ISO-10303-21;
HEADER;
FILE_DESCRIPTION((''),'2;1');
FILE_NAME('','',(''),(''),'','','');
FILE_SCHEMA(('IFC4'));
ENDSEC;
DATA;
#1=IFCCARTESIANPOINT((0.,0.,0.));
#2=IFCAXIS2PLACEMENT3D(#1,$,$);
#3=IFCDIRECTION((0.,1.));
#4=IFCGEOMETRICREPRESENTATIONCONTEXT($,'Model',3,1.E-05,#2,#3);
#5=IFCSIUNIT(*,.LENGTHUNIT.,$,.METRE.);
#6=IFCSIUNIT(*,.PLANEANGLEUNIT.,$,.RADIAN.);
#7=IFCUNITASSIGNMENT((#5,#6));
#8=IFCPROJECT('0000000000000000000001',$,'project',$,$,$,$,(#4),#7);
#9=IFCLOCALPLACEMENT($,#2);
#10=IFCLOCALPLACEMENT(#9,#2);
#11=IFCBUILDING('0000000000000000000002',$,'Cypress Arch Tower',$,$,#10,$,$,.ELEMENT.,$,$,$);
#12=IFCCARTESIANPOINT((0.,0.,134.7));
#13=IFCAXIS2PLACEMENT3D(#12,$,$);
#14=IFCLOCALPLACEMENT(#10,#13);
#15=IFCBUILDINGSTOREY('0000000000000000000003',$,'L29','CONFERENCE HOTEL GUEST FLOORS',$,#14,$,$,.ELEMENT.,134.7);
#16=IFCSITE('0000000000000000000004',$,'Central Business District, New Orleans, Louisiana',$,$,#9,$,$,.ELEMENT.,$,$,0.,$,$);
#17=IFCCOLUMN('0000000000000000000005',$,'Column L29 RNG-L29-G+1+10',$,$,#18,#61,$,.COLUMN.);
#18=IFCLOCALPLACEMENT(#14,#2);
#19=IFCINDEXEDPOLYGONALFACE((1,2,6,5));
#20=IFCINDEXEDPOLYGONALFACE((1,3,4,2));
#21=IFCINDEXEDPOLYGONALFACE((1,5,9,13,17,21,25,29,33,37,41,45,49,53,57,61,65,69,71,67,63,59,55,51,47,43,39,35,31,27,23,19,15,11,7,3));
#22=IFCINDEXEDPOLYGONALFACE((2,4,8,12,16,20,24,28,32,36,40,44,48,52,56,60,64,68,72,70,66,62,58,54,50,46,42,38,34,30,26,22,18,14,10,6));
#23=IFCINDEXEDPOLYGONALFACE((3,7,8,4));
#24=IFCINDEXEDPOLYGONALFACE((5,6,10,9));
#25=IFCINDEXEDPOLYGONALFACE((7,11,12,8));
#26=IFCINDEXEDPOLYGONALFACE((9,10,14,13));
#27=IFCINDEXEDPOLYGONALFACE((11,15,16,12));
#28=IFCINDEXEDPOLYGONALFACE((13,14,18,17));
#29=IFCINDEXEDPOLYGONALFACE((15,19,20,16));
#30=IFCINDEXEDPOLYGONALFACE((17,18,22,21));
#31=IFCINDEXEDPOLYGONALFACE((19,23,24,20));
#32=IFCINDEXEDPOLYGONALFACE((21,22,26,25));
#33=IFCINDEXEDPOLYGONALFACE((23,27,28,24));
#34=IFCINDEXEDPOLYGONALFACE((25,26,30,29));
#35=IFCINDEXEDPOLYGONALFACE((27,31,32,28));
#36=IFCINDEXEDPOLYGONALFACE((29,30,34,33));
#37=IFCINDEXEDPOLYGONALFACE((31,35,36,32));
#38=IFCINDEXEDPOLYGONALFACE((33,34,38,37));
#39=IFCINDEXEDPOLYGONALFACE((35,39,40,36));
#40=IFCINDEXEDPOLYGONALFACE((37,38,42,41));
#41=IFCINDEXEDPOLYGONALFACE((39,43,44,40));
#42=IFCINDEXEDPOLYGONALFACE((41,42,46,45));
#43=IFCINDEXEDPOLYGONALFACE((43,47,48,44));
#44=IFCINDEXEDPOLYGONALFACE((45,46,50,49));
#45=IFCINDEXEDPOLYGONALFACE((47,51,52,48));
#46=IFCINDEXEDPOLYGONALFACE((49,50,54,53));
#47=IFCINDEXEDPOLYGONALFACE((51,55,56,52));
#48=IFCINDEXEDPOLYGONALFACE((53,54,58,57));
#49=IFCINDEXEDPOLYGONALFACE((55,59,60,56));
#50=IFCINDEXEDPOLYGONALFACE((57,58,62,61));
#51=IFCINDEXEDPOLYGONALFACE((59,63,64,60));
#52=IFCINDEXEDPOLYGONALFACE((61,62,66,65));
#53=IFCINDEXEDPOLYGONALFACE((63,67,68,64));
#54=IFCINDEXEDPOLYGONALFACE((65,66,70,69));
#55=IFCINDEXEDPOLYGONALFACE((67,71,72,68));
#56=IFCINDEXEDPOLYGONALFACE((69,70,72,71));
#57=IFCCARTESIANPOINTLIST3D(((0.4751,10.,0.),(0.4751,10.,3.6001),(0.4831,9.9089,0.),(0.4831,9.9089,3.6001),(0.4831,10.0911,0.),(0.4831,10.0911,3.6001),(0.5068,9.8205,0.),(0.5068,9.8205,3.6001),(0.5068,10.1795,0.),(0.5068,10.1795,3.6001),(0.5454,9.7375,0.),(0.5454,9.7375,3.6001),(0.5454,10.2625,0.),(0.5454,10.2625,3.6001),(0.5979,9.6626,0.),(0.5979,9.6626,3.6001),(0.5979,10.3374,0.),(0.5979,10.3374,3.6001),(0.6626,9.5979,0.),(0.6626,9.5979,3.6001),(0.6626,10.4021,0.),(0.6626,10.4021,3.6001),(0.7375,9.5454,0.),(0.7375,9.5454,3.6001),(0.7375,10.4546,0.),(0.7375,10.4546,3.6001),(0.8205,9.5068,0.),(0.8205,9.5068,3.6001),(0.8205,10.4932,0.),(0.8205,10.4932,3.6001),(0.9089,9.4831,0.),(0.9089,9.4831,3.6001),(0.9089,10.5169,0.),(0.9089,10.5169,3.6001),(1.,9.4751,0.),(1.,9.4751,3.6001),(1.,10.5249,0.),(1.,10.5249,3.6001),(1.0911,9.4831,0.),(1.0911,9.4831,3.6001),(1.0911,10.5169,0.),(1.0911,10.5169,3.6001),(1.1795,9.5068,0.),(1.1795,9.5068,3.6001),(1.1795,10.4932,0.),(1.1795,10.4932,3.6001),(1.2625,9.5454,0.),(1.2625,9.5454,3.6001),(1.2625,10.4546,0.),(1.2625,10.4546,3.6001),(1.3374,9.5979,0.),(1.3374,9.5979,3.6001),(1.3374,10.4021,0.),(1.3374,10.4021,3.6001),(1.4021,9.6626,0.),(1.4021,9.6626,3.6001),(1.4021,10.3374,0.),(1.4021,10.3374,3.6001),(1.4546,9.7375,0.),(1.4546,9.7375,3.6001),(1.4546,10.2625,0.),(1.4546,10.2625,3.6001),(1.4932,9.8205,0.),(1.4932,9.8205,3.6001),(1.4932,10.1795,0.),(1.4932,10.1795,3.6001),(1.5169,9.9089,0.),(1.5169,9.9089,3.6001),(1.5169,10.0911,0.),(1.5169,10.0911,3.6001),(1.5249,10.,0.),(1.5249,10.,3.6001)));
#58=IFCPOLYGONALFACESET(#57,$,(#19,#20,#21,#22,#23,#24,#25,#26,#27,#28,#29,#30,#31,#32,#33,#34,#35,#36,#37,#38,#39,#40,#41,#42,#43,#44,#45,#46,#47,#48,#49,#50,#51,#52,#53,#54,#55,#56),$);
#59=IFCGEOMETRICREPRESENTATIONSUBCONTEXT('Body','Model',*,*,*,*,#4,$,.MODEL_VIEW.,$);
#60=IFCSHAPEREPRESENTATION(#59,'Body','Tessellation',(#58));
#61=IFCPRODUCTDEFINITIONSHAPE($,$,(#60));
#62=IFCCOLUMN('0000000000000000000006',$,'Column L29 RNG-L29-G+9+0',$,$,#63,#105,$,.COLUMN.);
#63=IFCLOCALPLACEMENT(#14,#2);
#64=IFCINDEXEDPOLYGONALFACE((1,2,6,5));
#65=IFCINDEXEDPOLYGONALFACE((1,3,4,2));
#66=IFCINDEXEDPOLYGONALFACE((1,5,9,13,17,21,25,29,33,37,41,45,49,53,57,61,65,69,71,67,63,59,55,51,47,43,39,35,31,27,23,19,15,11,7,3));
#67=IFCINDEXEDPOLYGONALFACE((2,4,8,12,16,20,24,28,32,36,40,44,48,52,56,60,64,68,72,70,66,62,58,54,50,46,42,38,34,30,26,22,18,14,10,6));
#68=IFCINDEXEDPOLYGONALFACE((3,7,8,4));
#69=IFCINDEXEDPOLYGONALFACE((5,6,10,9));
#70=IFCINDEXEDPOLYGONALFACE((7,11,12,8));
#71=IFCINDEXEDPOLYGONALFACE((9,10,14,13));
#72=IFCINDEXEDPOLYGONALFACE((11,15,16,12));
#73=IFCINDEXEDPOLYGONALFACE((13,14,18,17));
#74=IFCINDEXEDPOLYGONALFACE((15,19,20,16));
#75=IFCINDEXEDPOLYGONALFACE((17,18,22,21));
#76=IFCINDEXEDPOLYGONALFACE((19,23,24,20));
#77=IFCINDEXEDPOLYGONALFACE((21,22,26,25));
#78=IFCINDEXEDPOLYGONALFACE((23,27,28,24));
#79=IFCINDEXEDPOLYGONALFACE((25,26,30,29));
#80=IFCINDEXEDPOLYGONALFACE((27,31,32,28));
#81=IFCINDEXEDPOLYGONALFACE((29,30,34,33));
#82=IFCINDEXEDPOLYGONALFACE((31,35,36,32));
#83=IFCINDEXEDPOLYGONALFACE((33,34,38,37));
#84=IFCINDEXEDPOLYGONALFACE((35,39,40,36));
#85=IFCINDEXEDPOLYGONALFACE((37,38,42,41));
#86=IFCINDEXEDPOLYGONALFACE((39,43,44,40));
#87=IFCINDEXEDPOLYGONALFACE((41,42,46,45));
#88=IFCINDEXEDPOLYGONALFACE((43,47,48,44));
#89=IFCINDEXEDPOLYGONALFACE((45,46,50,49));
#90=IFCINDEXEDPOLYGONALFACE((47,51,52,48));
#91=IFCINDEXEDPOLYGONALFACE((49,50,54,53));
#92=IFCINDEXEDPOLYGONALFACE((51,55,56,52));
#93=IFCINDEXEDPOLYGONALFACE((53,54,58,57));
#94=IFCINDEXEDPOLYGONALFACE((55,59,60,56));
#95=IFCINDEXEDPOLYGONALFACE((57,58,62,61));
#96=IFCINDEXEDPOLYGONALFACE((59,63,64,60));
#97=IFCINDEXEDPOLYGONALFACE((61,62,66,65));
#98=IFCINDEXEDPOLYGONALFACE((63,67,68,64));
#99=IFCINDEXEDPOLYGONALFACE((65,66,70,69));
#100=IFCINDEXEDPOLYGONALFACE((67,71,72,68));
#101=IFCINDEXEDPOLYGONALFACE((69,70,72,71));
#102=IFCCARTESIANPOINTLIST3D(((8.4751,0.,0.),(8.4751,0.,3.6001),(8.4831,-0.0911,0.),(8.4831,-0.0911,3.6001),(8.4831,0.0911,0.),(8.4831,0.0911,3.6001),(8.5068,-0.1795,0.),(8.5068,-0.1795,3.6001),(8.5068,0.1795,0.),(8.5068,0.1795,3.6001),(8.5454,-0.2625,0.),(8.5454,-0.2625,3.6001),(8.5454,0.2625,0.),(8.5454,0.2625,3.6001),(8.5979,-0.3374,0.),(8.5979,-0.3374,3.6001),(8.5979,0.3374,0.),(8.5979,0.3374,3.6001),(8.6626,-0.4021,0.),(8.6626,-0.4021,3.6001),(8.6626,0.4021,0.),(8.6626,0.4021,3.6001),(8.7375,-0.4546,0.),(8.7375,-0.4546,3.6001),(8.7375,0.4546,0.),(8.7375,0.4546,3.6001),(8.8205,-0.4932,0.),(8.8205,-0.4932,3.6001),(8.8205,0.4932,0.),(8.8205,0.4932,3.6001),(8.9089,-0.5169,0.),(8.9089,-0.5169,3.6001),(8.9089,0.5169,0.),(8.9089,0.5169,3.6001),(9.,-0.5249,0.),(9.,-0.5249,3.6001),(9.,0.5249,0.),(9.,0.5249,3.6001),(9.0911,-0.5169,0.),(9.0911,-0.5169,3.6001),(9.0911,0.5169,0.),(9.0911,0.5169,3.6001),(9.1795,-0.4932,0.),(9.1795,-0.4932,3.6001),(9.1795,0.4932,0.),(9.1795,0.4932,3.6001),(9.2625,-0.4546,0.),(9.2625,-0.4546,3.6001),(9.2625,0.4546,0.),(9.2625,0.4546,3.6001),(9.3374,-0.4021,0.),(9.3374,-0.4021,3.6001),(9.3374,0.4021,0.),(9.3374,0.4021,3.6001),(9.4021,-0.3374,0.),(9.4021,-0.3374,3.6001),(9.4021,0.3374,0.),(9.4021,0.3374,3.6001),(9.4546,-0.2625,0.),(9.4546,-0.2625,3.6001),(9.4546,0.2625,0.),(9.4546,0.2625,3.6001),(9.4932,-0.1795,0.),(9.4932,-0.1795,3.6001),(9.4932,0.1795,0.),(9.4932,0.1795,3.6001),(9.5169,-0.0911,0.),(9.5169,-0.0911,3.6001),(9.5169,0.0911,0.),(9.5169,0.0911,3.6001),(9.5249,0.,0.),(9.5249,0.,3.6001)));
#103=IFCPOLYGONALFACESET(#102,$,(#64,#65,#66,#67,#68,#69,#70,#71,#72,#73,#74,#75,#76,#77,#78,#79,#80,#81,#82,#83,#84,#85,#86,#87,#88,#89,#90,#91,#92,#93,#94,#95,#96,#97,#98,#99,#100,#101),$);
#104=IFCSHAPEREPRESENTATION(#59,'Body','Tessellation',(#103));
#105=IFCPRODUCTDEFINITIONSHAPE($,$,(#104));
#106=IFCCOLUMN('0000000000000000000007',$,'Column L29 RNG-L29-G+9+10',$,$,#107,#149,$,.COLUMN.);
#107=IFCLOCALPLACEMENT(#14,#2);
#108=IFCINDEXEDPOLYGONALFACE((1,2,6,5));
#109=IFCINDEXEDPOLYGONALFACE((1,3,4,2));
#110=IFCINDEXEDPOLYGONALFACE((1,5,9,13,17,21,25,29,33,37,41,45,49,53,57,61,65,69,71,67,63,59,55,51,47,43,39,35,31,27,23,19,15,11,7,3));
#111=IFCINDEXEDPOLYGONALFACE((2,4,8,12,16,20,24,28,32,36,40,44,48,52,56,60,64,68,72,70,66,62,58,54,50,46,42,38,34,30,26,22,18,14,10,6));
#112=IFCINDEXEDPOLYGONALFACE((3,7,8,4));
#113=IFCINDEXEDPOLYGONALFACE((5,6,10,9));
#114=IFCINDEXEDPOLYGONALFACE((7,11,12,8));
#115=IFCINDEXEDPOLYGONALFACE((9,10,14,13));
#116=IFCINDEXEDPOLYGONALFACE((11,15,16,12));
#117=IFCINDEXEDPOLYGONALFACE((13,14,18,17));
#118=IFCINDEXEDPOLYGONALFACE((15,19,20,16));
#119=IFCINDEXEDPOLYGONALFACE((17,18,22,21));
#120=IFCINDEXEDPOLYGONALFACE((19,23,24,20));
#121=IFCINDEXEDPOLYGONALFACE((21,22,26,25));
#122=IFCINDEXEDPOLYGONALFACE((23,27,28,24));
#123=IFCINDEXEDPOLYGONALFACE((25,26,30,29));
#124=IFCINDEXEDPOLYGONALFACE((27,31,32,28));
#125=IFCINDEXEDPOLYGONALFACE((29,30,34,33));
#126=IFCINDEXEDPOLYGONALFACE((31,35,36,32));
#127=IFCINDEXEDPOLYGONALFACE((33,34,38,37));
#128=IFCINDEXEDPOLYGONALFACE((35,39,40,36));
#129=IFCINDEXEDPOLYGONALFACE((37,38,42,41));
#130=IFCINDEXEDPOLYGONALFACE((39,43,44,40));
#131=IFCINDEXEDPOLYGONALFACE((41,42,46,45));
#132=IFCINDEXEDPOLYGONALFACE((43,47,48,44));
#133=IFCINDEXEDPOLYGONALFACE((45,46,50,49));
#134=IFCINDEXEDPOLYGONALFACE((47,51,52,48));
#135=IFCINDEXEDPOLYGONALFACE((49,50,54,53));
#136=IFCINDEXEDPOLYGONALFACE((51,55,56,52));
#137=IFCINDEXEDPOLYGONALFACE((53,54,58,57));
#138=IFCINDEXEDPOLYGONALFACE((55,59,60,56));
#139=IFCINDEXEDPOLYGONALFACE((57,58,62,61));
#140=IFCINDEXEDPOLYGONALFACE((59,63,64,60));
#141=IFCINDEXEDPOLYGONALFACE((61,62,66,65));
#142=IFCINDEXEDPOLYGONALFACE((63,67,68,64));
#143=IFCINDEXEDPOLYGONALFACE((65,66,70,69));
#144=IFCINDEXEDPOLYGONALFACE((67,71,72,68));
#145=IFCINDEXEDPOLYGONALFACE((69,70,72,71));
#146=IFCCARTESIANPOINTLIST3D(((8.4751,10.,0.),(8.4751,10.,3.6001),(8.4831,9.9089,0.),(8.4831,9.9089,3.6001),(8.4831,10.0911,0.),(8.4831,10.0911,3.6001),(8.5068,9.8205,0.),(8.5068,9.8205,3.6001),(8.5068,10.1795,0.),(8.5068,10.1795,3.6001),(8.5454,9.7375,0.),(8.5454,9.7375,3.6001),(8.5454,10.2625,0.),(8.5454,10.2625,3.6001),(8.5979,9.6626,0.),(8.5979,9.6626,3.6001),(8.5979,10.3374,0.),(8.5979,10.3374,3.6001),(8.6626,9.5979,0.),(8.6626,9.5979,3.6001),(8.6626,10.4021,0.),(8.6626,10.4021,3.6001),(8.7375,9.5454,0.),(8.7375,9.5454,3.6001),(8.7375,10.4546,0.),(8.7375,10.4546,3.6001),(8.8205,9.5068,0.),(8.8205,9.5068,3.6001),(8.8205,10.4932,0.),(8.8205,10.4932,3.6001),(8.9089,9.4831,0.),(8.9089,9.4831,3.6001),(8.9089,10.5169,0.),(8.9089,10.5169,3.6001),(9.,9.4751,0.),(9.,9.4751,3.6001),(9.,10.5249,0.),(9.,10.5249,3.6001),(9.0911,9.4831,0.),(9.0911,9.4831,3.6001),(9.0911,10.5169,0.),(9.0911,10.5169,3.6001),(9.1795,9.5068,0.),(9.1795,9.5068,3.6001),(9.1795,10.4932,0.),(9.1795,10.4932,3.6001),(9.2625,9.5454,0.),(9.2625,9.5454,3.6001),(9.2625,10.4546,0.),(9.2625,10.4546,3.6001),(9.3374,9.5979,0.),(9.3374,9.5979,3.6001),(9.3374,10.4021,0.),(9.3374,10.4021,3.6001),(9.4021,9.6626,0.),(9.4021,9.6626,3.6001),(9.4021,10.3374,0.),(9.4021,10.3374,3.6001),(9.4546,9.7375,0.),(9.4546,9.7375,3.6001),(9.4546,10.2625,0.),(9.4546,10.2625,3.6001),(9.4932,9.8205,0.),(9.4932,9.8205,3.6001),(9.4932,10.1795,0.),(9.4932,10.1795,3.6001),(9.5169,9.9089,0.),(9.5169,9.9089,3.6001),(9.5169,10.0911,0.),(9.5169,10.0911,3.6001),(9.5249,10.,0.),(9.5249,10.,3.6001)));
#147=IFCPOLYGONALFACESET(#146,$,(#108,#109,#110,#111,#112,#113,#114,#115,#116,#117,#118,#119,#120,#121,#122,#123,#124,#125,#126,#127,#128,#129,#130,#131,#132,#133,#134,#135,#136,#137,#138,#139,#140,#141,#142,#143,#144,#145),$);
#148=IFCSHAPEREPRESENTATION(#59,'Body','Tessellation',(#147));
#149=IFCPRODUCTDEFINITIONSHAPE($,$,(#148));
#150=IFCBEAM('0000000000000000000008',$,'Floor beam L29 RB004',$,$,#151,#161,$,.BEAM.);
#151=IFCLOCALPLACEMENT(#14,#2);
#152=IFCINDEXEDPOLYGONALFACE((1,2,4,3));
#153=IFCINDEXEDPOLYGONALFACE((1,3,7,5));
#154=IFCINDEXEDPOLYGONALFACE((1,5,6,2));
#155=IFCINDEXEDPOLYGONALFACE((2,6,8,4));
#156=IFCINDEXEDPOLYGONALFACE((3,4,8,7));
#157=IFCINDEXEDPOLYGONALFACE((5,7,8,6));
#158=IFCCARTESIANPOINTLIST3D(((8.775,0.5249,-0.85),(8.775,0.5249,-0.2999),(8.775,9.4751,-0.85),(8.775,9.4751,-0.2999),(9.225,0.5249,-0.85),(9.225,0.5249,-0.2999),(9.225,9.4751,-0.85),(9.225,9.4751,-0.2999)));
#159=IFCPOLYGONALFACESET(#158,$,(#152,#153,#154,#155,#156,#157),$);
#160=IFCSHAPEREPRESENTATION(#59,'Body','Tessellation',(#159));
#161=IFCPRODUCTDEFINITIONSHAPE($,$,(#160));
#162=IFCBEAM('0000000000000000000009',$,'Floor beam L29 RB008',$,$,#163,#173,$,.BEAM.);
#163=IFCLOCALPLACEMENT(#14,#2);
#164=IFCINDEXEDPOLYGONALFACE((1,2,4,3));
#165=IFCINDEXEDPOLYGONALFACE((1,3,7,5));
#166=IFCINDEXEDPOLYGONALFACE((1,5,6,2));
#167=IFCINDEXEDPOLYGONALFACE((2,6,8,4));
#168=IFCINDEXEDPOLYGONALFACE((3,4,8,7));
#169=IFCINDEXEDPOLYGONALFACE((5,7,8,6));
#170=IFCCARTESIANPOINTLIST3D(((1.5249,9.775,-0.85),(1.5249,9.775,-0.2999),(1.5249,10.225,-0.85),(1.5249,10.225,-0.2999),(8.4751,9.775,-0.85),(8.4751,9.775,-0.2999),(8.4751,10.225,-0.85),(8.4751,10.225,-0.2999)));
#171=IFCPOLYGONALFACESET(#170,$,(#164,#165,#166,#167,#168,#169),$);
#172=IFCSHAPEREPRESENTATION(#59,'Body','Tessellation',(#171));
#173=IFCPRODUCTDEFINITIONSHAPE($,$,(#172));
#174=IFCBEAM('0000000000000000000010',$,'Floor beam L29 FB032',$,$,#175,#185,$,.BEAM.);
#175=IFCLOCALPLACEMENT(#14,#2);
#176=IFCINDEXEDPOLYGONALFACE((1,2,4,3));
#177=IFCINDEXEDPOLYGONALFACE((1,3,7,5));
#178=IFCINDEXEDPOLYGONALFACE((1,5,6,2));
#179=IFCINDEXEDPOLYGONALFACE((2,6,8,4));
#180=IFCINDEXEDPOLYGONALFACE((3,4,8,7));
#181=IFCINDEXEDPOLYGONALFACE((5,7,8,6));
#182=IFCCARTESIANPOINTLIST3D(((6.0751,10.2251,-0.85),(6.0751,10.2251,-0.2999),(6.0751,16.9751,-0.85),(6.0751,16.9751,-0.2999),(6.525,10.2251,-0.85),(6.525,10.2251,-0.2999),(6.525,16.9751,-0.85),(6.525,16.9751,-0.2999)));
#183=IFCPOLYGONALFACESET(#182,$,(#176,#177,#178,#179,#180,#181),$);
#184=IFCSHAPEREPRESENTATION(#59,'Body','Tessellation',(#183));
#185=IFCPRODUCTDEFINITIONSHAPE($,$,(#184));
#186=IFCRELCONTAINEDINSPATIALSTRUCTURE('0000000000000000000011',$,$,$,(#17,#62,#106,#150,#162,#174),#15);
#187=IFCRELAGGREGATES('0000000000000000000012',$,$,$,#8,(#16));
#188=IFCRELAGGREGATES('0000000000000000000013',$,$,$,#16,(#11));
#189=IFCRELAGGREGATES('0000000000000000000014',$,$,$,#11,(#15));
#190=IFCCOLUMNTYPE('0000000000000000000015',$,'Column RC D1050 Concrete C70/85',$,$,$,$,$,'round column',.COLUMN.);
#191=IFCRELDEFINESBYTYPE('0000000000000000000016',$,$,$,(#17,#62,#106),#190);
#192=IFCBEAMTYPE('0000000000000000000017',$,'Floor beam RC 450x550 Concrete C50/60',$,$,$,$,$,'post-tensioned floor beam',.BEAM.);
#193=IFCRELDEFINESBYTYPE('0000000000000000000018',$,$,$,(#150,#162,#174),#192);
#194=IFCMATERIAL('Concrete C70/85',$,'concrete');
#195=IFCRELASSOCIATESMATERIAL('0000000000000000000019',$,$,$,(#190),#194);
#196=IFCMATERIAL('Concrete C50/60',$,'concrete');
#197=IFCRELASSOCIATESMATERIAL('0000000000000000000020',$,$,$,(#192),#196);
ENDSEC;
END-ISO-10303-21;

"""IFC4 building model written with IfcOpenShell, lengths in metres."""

from ifc_helpers import new_model, si_unit, direction, frame, origin, origin_2d, place, context, subcontext, project, spatial, rectangle, circle, extrude, material, material_profile, profile_set, type_object, element, save


model = new_model("IFC4")

# Units and contexts
model_context = context("Model", 3, precision=1e-05, world=origin(), true_north=direction((0.0, 1.0)))
body_context = subcontext(model_context, "Body", "Model", "MODEL_VIEW")
ifc_project = project(units=[si_unit("LENGTHUNIT", "METRE"), si_unit("PLANEANGLEUNIT", "RADIAN")], contexts=[model_context])

# Site, building, storey
site_placement = place(None, origin())
site = spatial("IfcSite", under=ifc_project, at=site_placement, Name="Central Business District, New Orleans, Louisiana", CompositionType="ELEMENT", RefElevation=0.0)
building_placement = place(site_placement, origin())
building = spatial("IfcBuilding", under=site, at=building_placement, Name="Cypress Arch Tower", CompositionType="ELEMENT")
storey_placement = place(building_placement, frame((0.0, 0.0, 134.7)))
storey = spatial("IfcBuildingStorey", under=building, at=storey_placement, Name="L29", Description="CONFERENCE HOTEL GUEST FLOORS", CompositionType="ELEMENT", Elevation=134.7)

# Columns
ifc_material_1 = material(Name="Concrete C70/85", Category="concrete")
ifc_material_profile_1 = material_profile(ifc_material_1, circle(Radius=0.5249, at=origin_2d()), Name="RC D1050")
ifc_profile_set_1 = profile_set([ifc_material_profile_1], Name="Concrete C70/85")
column_type = type_object("IfcColumnType", Name="Column RC D1050 Concrete C70/85", ElementType="round column", PredefinedType="COLUMN", material=ifc_profile_set_1)
for number, where, z_axis, x_axis, name in (
    (1, (1.0, 10.0, 0.0), (0.0, 0.0, 1.0), (1.0, 0.0, 0.0), "Column L29 RNG-L29-G+1+10"),
    (2, (9.0, 0.0, 0.0), (0.0, 0.0, 1.0), (1.0, 0.0, 0.0), "Column L29 RNG-L29-G+9+0"),
    (3, (9.0, 10.0, 0.0), (0.0, 0.0, 1.0), (1.0, 0.0, 0.0), "Column L29 RNG-L29-G+9+10"),
):
    element("IfcColumn", number, at=place(storey_placement, frame(where, z_axis=z_axis, x_axis=x_axis)), inside=storey, type_object=column_type, Name=name, PredefinedType="COLUMN", context=body_context, shape_type="SweptSolid", body=[
        extrude(circle(Radius=0.5249, at=origin_2d()), origin(), (0.0, 0.0, 1.0), 3.6001),
    ])

# Beams
ifc_material_2 = material(Name="Concrete C50/60", Category="concrete")
ifc_material_profile_2 = material_profile(ifc_material_2, rectangle(XDim=0.45, YDim=0.55, at=origin_2d()), Name="RC 450x550")
ifc_profile_set_2 = profile_set([ifc_material_profile_2], Name="Concrete C50/60")
beam_type = type_object("IfcBeamType", Name="Floor beam RC 450x550 Concrete C50/60", ElementType="post-tensioned floor beam", PredefinedType="BEAM", material=ifc_profile_set_2)
beam_1_placement = place(storey_placement, frame((9.0, 0.5249, -0.575), z_axis=(0.0, 1.0, 0.0), x_axis=(-1.0, 0.0, 0.0)))
element("IfcBeam", 4, at=beam_1_placement, inside=storey, type_object=beam_type, Name="Floor beam L29 RB004", PredefinedType="BEAM", context=body_context, shape_type="SweptSolid", body=[
    extrude(rectangle(XDim=0.45, YDim=0.55, at=origin_2d()), origin(), (0.0, 0.0, 1.0), 8.9502),
])
beam_2_placement = place(storey_placement, frame((1.5249, 10.0, -0.575), z_axis=(1.0, 0.0, 0.0), x_axis=(0.0, 1.0, 0.0)))
element("IfcBeam", 5, at=beam_2_placement, inside=storey, type_object=beam_type, Name="Floor beam L29 RB008", PredefinedType="BEAM", context=body_context, shape_type="SweptSolid", body=[
    extrude(rectangle(XDim=0.45, YDim=0.55, at=origin_2d()), origin(), (0.0, 0.0, 1.0), 6.9502),
])
beam_3_placement = place(storey_placement, frame((6.3, 10.2251, -0.575), z_axis=(0.0, 1.0, 0.0), x_axis=(-1.0, 0.0, 0.0)))
element("IfcBeam", 6, at=beam_3_placement, inside=storey, type_object=beam_type, Name="Floor beam L29 FB032", PredefinedType="BEAM", context=body_context, shape_type="SweptSolid", body=[
    extrude(rectangle(XDim=0.45, YDim=0.55, at=origin_2d()), origin(), (0.0, 0.0, 1.0), 6.75),
])

save(model, "model.ifc")
